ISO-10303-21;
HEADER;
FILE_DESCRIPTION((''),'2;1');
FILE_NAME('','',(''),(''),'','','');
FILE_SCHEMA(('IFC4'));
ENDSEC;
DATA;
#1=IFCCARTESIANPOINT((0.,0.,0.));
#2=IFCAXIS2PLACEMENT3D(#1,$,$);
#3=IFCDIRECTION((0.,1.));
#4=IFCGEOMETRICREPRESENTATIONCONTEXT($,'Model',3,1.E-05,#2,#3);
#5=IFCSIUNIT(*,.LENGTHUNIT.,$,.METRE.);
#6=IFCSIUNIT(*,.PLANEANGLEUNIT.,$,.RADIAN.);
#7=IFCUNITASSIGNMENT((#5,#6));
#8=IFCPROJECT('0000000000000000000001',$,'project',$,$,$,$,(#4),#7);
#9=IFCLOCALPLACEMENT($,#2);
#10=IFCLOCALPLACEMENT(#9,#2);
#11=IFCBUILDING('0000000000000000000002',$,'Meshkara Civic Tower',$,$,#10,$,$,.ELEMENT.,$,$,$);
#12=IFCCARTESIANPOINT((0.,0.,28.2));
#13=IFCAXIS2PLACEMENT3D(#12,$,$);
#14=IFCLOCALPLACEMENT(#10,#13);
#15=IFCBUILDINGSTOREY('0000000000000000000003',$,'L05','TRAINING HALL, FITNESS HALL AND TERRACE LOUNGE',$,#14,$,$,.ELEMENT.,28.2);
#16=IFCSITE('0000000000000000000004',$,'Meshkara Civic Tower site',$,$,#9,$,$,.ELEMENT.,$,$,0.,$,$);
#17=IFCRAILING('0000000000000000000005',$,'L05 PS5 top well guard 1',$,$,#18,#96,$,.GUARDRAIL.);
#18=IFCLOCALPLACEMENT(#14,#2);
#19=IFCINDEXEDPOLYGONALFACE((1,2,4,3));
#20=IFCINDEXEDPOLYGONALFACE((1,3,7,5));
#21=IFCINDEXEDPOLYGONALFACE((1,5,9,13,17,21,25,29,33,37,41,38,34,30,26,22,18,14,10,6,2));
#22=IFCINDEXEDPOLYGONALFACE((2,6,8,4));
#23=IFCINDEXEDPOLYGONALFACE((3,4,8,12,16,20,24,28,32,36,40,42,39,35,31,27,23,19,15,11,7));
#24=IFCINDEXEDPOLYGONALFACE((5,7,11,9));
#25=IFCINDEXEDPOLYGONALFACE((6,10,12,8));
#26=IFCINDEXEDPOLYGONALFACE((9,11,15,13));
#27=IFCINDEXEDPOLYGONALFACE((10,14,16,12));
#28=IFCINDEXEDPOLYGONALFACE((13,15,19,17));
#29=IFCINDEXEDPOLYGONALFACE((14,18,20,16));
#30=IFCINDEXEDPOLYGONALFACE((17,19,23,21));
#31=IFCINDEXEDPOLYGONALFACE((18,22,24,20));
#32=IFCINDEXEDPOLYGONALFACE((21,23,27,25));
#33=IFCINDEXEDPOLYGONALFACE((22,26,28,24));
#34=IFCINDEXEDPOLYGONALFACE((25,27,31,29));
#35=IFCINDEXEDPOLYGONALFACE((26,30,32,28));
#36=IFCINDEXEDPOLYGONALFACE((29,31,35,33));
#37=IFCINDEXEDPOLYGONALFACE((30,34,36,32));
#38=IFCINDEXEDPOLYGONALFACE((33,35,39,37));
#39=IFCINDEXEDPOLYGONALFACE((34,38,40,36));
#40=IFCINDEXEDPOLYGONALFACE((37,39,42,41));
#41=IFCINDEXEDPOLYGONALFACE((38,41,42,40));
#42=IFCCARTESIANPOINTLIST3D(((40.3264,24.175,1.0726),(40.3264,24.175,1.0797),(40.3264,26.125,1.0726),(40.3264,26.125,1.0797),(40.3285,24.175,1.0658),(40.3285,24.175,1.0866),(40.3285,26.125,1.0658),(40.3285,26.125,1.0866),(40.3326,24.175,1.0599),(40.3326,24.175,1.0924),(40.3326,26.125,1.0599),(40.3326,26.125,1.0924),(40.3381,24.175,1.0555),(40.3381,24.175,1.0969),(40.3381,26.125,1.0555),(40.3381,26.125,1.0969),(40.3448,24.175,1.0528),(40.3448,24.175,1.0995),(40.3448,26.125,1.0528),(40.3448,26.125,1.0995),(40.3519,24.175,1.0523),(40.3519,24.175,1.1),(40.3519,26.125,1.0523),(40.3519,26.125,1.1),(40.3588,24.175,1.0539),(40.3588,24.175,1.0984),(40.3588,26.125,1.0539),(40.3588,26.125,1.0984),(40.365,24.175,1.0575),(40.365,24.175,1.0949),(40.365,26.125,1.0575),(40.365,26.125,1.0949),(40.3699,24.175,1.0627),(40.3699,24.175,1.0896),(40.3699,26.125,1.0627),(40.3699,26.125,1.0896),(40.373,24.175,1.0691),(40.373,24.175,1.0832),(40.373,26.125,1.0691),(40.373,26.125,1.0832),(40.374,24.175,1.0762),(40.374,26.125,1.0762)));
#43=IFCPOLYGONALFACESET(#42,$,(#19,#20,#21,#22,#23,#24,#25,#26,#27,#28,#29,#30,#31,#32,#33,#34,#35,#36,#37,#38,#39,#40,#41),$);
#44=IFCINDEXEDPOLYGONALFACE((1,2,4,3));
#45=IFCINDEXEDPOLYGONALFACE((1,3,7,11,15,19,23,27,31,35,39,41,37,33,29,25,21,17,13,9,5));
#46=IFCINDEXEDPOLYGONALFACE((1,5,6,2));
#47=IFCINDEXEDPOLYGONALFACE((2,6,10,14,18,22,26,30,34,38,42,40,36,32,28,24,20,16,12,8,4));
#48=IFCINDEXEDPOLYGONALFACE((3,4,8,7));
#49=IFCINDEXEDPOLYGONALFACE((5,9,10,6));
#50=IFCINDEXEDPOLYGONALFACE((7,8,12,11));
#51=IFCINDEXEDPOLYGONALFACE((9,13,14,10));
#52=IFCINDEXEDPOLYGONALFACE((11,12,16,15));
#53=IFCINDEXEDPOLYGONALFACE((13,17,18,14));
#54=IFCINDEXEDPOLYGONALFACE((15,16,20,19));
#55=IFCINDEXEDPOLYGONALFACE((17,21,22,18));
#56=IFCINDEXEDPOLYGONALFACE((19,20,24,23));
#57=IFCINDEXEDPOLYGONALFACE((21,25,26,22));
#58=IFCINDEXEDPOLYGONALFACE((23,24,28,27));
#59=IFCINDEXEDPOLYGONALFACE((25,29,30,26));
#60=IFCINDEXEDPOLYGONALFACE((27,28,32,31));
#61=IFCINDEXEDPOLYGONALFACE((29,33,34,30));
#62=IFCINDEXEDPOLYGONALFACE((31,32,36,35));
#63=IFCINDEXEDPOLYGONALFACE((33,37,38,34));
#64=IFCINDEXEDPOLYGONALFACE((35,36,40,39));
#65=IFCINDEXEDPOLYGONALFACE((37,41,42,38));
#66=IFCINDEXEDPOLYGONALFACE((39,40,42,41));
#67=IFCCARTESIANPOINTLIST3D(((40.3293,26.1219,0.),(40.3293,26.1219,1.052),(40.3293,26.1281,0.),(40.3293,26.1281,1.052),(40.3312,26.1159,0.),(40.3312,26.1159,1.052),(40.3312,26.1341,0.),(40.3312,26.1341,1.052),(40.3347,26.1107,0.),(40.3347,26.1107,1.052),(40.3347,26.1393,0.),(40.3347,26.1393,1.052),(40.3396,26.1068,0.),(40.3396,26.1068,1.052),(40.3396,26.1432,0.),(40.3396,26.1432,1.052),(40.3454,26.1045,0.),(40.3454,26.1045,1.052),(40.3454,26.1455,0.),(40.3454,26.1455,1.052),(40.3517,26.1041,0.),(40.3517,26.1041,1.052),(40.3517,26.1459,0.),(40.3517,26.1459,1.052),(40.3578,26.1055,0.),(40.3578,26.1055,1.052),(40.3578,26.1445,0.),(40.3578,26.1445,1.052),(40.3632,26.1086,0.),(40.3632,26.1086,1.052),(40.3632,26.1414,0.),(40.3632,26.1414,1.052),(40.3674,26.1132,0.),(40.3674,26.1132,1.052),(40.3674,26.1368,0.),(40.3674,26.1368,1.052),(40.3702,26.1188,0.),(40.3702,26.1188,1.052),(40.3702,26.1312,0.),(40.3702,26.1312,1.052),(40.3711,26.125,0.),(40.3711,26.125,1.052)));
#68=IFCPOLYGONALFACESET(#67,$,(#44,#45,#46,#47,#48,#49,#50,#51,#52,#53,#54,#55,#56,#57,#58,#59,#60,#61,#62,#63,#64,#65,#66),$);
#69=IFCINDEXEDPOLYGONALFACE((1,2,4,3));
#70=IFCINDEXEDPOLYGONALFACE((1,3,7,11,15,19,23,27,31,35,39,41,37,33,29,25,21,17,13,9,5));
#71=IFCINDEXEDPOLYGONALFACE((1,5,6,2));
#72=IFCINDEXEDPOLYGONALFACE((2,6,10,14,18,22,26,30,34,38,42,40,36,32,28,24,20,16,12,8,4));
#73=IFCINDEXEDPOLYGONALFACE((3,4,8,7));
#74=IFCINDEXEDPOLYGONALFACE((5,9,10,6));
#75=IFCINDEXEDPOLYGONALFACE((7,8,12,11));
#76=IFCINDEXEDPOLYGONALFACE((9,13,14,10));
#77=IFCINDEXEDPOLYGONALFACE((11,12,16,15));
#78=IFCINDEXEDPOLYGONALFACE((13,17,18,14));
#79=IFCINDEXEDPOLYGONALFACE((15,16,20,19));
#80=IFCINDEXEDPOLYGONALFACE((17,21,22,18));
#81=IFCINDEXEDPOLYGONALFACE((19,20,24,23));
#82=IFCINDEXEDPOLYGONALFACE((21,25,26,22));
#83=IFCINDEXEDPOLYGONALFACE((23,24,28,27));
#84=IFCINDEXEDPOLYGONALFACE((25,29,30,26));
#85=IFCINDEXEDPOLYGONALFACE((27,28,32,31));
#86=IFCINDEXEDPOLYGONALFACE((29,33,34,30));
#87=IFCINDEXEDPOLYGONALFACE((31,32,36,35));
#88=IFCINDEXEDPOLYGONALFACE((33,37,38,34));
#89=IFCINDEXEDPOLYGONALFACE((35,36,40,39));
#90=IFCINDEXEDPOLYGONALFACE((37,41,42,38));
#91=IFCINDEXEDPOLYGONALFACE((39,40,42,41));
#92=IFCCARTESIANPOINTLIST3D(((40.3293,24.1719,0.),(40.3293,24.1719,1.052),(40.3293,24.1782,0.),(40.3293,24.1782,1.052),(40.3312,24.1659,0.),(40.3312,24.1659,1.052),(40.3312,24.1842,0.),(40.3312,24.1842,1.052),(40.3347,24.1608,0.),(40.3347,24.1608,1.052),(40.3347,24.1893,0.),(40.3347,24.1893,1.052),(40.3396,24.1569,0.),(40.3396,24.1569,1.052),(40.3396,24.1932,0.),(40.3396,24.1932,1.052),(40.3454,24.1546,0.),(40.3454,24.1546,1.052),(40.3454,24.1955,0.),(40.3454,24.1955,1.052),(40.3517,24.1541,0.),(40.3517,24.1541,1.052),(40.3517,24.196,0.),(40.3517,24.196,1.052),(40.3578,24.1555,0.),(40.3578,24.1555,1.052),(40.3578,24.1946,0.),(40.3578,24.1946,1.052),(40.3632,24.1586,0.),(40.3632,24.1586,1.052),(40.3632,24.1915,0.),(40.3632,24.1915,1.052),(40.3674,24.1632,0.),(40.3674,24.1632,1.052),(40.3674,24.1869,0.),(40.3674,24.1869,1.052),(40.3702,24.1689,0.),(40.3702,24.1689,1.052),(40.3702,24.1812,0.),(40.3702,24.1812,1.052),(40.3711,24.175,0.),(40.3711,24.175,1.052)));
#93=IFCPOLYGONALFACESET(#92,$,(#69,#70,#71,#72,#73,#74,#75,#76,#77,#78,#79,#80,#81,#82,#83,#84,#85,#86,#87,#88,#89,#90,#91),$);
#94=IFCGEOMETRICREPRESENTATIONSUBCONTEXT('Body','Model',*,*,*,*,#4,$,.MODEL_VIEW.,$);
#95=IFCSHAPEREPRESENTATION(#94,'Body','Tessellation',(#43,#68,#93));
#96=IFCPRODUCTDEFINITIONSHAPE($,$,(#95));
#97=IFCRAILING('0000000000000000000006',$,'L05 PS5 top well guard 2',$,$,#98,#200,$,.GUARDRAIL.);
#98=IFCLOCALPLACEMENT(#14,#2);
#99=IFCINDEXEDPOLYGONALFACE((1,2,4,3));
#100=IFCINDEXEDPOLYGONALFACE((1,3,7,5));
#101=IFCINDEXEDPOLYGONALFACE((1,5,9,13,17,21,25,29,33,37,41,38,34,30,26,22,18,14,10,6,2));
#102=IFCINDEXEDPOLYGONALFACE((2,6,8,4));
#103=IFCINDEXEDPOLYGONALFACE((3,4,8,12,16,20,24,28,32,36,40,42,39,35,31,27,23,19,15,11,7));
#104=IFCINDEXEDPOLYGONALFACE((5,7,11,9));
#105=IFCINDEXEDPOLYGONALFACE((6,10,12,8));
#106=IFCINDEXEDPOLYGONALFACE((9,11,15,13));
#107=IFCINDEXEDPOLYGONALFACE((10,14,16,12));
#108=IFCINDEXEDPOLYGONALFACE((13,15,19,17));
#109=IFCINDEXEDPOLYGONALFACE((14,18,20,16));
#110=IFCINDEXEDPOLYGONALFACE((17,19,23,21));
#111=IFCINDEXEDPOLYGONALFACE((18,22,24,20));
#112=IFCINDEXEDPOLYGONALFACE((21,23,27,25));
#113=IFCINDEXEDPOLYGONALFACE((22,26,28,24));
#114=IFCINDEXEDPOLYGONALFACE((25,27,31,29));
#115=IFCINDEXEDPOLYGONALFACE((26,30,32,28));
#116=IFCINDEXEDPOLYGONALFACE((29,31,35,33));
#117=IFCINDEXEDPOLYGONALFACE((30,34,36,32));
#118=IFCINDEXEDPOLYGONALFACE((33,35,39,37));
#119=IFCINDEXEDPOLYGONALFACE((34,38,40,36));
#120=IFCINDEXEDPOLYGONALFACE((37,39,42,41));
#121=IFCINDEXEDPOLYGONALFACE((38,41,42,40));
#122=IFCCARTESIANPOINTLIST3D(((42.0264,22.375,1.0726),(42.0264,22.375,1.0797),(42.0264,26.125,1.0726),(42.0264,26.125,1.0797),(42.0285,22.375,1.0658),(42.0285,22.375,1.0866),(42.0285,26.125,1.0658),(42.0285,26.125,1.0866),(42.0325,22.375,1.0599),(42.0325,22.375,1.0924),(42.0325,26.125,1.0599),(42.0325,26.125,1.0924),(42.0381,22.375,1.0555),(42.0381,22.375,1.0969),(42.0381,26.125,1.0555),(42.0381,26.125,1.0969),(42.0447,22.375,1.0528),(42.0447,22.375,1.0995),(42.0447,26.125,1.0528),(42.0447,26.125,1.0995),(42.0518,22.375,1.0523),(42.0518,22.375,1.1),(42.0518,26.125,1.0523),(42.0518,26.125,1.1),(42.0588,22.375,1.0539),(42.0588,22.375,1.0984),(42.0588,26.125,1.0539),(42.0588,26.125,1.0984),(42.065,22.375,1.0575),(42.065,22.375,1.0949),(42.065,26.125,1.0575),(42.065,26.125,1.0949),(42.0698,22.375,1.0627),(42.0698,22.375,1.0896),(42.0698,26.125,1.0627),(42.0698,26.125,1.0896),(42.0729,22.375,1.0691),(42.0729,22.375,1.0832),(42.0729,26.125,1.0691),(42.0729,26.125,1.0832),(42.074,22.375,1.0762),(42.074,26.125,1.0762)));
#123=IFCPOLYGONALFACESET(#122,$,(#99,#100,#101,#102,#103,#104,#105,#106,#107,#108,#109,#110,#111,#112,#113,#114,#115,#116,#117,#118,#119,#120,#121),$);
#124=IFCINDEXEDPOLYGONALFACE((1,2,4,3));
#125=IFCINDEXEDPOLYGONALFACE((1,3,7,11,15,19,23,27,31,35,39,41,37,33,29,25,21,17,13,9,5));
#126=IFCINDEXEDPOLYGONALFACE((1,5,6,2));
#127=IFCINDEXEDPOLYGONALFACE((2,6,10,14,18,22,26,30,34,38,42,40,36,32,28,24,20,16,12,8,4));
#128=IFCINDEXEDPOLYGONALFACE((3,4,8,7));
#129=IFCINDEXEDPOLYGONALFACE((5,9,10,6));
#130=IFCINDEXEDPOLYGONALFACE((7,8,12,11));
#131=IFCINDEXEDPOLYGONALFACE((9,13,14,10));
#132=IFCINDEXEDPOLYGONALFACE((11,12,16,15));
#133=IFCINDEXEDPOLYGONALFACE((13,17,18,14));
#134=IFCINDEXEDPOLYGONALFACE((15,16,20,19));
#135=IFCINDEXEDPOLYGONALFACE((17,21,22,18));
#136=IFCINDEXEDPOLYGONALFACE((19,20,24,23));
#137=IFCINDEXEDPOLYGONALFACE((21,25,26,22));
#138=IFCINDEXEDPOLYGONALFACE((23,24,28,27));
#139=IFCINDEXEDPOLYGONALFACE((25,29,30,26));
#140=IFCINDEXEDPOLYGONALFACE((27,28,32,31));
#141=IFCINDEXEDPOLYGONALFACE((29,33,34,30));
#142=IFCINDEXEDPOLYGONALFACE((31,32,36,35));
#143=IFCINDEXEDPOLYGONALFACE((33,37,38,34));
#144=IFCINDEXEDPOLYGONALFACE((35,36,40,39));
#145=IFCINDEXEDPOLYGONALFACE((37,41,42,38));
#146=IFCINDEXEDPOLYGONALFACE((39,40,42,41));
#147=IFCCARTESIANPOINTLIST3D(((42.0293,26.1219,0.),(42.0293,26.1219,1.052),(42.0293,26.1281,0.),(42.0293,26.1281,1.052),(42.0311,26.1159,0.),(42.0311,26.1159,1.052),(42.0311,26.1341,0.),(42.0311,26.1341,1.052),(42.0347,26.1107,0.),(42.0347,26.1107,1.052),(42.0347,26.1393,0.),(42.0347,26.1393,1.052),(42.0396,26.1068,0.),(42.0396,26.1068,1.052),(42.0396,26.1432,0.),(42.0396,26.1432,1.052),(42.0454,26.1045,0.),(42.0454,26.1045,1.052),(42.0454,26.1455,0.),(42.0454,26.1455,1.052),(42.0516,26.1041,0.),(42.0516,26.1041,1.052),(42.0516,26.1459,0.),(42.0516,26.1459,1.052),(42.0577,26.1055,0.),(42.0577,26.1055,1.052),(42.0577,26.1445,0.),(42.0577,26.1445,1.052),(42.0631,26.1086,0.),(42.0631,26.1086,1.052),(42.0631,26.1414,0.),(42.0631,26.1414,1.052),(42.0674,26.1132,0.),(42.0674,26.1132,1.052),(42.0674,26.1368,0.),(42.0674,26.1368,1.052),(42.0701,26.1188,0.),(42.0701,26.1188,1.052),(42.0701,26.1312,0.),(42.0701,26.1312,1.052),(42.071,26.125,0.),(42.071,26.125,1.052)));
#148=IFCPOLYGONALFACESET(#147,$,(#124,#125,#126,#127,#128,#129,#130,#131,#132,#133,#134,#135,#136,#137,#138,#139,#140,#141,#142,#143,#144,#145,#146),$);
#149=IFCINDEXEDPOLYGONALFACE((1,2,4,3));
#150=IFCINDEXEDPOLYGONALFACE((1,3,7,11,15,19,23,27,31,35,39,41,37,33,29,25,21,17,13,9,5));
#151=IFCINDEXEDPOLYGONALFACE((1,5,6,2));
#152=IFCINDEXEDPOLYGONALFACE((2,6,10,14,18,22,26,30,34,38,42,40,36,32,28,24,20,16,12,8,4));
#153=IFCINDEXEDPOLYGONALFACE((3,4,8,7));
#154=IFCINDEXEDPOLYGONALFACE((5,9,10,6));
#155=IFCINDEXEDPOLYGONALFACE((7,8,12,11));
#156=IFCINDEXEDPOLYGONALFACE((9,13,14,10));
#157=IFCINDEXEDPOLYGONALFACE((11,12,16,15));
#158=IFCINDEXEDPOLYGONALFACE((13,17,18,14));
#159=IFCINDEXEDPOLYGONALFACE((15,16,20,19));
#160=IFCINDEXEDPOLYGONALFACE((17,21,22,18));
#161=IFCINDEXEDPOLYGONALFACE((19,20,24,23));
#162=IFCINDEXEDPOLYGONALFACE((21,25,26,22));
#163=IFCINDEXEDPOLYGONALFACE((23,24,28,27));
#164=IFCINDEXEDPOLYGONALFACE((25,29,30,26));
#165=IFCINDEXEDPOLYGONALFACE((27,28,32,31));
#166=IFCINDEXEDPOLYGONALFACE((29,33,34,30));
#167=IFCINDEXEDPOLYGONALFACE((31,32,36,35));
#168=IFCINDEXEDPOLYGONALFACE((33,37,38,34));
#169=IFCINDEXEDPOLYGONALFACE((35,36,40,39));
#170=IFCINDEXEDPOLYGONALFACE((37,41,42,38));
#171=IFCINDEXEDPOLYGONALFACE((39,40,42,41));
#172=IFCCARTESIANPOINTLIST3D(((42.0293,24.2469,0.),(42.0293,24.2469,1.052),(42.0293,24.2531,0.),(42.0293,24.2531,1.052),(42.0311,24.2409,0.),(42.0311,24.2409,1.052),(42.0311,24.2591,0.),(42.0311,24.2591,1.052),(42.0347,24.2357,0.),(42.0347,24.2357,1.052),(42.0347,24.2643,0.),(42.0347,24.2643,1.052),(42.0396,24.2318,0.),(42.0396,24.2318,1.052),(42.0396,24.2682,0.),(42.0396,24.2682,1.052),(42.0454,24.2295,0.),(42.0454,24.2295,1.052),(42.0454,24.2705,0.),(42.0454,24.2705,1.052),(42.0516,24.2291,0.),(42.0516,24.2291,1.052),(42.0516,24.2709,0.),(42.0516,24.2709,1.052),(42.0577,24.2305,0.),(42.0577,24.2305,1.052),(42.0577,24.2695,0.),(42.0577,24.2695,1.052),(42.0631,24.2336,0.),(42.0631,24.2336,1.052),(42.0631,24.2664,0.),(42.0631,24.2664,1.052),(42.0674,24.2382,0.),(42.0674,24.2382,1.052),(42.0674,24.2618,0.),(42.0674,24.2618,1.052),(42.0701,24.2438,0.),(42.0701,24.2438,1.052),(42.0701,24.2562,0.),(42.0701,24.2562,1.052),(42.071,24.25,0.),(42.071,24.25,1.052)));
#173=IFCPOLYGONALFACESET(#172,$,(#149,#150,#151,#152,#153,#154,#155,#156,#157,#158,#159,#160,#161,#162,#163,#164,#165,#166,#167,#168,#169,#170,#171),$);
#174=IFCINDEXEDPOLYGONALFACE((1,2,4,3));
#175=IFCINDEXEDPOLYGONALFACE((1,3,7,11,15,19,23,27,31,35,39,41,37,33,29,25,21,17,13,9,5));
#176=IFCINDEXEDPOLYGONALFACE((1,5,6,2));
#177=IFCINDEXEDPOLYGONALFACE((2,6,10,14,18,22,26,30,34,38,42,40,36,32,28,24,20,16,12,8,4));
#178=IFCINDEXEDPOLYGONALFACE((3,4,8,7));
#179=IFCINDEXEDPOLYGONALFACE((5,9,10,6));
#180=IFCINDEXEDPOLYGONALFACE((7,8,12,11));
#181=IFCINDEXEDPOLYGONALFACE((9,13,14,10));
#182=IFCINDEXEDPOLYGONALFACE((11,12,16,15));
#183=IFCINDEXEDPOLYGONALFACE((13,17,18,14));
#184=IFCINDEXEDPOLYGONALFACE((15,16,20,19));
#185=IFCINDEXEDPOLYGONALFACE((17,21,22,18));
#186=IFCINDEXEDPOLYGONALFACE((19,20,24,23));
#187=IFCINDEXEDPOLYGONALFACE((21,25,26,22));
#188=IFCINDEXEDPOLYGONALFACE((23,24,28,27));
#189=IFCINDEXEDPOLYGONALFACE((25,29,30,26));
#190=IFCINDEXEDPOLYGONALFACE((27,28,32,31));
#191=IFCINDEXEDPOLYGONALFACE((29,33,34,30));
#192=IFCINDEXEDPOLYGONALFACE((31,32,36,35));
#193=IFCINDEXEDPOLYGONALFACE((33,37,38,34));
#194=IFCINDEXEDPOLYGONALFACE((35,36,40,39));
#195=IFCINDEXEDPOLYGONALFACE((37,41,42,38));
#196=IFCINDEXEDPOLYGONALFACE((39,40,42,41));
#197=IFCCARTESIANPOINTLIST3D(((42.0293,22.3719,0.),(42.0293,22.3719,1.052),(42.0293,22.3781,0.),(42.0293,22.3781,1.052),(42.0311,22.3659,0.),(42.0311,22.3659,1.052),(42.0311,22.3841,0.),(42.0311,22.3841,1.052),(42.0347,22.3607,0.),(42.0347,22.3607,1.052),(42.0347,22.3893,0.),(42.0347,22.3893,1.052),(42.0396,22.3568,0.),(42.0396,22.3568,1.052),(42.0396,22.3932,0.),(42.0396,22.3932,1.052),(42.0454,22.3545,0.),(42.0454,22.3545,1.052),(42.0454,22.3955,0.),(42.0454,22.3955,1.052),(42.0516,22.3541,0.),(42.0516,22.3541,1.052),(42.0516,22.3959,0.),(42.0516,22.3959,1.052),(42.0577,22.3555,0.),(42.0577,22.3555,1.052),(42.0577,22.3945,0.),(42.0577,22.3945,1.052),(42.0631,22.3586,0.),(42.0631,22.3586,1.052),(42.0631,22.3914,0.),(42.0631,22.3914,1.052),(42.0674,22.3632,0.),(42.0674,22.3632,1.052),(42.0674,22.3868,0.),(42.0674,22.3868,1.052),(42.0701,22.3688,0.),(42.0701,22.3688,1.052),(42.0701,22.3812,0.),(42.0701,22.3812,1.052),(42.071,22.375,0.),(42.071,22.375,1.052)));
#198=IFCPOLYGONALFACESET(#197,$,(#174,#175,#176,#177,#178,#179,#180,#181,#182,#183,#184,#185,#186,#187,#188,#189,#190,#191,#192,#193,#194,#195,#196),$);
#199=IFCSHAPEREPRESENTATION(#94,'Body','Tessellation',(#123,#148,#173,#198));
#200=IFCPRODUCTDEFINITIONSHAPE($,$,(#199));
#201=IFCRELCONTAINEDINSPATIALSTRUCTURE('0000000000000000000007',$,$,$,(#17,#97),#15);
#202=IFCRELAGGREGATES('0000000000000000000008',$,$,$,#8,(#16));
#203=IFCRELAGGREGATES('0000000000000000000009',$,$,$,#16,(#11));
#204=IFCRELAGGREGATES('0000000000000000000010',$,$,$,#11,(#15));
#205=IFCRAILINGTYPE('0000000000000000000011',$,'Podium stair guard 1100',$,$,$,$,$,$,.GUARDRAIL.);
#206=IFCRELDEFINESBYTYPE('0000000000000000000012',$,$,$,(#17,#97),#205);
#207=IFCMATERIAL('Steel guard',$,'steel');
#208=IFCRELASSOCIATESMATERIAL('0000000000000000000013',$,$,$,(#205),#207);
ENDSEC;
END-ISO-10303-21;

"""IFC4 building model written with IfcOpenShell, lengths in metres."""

from ifc_helpers import new_model, si_unit, direction, frame, origin, origin_2d, place, context, subcontext, project, spatial, circle, extrude, material, type_object, element, save


model = new_model("IFC4")

# Units and contexts
model_context = context("Model", 3, precision=1e-05, world=origin(), true_north=direction((0.0, 1.0)))
body_context = subcontext(model_context, "Body", "Model", "MODEL_VIEW")
ifc_project = project(units=[si_unit("LENGTHUNIT", "METRE"), si_unit("PLANEANGLEUNIT", "RADIAN")], contexts=[model_context])

# Site, building, storey
site_placement = place(None, origin())
site = spatial("IfcSite", under=ifc_project, at=site_placement, Name="Meshkara Civic Tower site", CompositionType="ELEMENT", RefElevation=0.0)
building_placement = place(site_placement, origin())
building = spatial("IfcBuilding", under=site, at=building_placement, Name="Meshkara Civic Tower", CompositionType="ELEMENT")
storey_placement = place(building_placement, frame((0.0, 0.0, 28.2)))
storey = spatial("IfcBuildingStorey", under=building, at=storey_placement, Name="L05", Description="TRAINING HALL, FITNESS HALL AND TERRACE LOUNGE", CompositionType="ELEMENT", Elevation=28.2)

# Railings
ifc_material_1 = material(Name="Steel guard", Category="steel")
railing_type = type_object("IfcRailingType", Name="Podium stair guard 1100", PredefinedType="GUARDRAIL", material=ifc_material_1)
railing_1_placement = place(storey_placement, frame((40.3501, 26.125, 0.0)))
element("IfcRailing", 1, at=railing_1_placement, inside=storey, type_object=railing_type, Name="L05 PS5 top well guard 1", PredefinedType="GUARDRAIL", context=body_context, shape_type="SweptSolid", body=[
    extrude(circle(Radius=0.0239, at=origin_2d()), frame((0.0, 0.0, 1.0762), z_axis=(0.0, -1.0, 0.0), x_axis=(1.0, 0.0, 0.0)), (0.0, 0.0, 1.0), 1.95),
    extrude(circle(Radius=0.021, at=origin_2d()), origin(), (0.0, 0.0, 1.0), 1.052),
    extrude(circle(Radius=0.021, at=origin_2d()), frame((0.0, -1.95, 0.0)), (0.0, 0.0, 1.0), 1.052),
])
railing_2_placement = place(storey_placement, frame((42.05, 26.125, 0.0)))
element("IfcRailing", 2, at=railing_2_placement, inside=storey, type_object=railing_type, Name="L05 PS5 top well guard 2", PredefinedType="GUARDRAIL", context=body_context, shape_type="SweptSolid", body=[
    extrude(circle(Radius=0.0239, at=origin_2d()), frame((0.0, 0.0, 1.0762), z_axis=(0.0, -1.0, 0.0), x_axis=(1.0, 0.0, 0.0)), (0.0, 0.0, 1.0), 3.75),
    extrude(circle(Radius=0.021, at=origin_2d()), origin(), (0.0, 0.0, 1.0), 1.052),
    extrude(circle(Radius=0.021, at=origin_2d()), frame((0.0, -1.875, 0.0)), (0.0, 0.0, 1.0), 1.052),
    extrude(circle(Radius=0.021, at=origin_2d()), frame((0.0, -3.75, 0.0)), (0.0, 0.0, 1.0), 1.052),
])

save(model, "model.ifc")
